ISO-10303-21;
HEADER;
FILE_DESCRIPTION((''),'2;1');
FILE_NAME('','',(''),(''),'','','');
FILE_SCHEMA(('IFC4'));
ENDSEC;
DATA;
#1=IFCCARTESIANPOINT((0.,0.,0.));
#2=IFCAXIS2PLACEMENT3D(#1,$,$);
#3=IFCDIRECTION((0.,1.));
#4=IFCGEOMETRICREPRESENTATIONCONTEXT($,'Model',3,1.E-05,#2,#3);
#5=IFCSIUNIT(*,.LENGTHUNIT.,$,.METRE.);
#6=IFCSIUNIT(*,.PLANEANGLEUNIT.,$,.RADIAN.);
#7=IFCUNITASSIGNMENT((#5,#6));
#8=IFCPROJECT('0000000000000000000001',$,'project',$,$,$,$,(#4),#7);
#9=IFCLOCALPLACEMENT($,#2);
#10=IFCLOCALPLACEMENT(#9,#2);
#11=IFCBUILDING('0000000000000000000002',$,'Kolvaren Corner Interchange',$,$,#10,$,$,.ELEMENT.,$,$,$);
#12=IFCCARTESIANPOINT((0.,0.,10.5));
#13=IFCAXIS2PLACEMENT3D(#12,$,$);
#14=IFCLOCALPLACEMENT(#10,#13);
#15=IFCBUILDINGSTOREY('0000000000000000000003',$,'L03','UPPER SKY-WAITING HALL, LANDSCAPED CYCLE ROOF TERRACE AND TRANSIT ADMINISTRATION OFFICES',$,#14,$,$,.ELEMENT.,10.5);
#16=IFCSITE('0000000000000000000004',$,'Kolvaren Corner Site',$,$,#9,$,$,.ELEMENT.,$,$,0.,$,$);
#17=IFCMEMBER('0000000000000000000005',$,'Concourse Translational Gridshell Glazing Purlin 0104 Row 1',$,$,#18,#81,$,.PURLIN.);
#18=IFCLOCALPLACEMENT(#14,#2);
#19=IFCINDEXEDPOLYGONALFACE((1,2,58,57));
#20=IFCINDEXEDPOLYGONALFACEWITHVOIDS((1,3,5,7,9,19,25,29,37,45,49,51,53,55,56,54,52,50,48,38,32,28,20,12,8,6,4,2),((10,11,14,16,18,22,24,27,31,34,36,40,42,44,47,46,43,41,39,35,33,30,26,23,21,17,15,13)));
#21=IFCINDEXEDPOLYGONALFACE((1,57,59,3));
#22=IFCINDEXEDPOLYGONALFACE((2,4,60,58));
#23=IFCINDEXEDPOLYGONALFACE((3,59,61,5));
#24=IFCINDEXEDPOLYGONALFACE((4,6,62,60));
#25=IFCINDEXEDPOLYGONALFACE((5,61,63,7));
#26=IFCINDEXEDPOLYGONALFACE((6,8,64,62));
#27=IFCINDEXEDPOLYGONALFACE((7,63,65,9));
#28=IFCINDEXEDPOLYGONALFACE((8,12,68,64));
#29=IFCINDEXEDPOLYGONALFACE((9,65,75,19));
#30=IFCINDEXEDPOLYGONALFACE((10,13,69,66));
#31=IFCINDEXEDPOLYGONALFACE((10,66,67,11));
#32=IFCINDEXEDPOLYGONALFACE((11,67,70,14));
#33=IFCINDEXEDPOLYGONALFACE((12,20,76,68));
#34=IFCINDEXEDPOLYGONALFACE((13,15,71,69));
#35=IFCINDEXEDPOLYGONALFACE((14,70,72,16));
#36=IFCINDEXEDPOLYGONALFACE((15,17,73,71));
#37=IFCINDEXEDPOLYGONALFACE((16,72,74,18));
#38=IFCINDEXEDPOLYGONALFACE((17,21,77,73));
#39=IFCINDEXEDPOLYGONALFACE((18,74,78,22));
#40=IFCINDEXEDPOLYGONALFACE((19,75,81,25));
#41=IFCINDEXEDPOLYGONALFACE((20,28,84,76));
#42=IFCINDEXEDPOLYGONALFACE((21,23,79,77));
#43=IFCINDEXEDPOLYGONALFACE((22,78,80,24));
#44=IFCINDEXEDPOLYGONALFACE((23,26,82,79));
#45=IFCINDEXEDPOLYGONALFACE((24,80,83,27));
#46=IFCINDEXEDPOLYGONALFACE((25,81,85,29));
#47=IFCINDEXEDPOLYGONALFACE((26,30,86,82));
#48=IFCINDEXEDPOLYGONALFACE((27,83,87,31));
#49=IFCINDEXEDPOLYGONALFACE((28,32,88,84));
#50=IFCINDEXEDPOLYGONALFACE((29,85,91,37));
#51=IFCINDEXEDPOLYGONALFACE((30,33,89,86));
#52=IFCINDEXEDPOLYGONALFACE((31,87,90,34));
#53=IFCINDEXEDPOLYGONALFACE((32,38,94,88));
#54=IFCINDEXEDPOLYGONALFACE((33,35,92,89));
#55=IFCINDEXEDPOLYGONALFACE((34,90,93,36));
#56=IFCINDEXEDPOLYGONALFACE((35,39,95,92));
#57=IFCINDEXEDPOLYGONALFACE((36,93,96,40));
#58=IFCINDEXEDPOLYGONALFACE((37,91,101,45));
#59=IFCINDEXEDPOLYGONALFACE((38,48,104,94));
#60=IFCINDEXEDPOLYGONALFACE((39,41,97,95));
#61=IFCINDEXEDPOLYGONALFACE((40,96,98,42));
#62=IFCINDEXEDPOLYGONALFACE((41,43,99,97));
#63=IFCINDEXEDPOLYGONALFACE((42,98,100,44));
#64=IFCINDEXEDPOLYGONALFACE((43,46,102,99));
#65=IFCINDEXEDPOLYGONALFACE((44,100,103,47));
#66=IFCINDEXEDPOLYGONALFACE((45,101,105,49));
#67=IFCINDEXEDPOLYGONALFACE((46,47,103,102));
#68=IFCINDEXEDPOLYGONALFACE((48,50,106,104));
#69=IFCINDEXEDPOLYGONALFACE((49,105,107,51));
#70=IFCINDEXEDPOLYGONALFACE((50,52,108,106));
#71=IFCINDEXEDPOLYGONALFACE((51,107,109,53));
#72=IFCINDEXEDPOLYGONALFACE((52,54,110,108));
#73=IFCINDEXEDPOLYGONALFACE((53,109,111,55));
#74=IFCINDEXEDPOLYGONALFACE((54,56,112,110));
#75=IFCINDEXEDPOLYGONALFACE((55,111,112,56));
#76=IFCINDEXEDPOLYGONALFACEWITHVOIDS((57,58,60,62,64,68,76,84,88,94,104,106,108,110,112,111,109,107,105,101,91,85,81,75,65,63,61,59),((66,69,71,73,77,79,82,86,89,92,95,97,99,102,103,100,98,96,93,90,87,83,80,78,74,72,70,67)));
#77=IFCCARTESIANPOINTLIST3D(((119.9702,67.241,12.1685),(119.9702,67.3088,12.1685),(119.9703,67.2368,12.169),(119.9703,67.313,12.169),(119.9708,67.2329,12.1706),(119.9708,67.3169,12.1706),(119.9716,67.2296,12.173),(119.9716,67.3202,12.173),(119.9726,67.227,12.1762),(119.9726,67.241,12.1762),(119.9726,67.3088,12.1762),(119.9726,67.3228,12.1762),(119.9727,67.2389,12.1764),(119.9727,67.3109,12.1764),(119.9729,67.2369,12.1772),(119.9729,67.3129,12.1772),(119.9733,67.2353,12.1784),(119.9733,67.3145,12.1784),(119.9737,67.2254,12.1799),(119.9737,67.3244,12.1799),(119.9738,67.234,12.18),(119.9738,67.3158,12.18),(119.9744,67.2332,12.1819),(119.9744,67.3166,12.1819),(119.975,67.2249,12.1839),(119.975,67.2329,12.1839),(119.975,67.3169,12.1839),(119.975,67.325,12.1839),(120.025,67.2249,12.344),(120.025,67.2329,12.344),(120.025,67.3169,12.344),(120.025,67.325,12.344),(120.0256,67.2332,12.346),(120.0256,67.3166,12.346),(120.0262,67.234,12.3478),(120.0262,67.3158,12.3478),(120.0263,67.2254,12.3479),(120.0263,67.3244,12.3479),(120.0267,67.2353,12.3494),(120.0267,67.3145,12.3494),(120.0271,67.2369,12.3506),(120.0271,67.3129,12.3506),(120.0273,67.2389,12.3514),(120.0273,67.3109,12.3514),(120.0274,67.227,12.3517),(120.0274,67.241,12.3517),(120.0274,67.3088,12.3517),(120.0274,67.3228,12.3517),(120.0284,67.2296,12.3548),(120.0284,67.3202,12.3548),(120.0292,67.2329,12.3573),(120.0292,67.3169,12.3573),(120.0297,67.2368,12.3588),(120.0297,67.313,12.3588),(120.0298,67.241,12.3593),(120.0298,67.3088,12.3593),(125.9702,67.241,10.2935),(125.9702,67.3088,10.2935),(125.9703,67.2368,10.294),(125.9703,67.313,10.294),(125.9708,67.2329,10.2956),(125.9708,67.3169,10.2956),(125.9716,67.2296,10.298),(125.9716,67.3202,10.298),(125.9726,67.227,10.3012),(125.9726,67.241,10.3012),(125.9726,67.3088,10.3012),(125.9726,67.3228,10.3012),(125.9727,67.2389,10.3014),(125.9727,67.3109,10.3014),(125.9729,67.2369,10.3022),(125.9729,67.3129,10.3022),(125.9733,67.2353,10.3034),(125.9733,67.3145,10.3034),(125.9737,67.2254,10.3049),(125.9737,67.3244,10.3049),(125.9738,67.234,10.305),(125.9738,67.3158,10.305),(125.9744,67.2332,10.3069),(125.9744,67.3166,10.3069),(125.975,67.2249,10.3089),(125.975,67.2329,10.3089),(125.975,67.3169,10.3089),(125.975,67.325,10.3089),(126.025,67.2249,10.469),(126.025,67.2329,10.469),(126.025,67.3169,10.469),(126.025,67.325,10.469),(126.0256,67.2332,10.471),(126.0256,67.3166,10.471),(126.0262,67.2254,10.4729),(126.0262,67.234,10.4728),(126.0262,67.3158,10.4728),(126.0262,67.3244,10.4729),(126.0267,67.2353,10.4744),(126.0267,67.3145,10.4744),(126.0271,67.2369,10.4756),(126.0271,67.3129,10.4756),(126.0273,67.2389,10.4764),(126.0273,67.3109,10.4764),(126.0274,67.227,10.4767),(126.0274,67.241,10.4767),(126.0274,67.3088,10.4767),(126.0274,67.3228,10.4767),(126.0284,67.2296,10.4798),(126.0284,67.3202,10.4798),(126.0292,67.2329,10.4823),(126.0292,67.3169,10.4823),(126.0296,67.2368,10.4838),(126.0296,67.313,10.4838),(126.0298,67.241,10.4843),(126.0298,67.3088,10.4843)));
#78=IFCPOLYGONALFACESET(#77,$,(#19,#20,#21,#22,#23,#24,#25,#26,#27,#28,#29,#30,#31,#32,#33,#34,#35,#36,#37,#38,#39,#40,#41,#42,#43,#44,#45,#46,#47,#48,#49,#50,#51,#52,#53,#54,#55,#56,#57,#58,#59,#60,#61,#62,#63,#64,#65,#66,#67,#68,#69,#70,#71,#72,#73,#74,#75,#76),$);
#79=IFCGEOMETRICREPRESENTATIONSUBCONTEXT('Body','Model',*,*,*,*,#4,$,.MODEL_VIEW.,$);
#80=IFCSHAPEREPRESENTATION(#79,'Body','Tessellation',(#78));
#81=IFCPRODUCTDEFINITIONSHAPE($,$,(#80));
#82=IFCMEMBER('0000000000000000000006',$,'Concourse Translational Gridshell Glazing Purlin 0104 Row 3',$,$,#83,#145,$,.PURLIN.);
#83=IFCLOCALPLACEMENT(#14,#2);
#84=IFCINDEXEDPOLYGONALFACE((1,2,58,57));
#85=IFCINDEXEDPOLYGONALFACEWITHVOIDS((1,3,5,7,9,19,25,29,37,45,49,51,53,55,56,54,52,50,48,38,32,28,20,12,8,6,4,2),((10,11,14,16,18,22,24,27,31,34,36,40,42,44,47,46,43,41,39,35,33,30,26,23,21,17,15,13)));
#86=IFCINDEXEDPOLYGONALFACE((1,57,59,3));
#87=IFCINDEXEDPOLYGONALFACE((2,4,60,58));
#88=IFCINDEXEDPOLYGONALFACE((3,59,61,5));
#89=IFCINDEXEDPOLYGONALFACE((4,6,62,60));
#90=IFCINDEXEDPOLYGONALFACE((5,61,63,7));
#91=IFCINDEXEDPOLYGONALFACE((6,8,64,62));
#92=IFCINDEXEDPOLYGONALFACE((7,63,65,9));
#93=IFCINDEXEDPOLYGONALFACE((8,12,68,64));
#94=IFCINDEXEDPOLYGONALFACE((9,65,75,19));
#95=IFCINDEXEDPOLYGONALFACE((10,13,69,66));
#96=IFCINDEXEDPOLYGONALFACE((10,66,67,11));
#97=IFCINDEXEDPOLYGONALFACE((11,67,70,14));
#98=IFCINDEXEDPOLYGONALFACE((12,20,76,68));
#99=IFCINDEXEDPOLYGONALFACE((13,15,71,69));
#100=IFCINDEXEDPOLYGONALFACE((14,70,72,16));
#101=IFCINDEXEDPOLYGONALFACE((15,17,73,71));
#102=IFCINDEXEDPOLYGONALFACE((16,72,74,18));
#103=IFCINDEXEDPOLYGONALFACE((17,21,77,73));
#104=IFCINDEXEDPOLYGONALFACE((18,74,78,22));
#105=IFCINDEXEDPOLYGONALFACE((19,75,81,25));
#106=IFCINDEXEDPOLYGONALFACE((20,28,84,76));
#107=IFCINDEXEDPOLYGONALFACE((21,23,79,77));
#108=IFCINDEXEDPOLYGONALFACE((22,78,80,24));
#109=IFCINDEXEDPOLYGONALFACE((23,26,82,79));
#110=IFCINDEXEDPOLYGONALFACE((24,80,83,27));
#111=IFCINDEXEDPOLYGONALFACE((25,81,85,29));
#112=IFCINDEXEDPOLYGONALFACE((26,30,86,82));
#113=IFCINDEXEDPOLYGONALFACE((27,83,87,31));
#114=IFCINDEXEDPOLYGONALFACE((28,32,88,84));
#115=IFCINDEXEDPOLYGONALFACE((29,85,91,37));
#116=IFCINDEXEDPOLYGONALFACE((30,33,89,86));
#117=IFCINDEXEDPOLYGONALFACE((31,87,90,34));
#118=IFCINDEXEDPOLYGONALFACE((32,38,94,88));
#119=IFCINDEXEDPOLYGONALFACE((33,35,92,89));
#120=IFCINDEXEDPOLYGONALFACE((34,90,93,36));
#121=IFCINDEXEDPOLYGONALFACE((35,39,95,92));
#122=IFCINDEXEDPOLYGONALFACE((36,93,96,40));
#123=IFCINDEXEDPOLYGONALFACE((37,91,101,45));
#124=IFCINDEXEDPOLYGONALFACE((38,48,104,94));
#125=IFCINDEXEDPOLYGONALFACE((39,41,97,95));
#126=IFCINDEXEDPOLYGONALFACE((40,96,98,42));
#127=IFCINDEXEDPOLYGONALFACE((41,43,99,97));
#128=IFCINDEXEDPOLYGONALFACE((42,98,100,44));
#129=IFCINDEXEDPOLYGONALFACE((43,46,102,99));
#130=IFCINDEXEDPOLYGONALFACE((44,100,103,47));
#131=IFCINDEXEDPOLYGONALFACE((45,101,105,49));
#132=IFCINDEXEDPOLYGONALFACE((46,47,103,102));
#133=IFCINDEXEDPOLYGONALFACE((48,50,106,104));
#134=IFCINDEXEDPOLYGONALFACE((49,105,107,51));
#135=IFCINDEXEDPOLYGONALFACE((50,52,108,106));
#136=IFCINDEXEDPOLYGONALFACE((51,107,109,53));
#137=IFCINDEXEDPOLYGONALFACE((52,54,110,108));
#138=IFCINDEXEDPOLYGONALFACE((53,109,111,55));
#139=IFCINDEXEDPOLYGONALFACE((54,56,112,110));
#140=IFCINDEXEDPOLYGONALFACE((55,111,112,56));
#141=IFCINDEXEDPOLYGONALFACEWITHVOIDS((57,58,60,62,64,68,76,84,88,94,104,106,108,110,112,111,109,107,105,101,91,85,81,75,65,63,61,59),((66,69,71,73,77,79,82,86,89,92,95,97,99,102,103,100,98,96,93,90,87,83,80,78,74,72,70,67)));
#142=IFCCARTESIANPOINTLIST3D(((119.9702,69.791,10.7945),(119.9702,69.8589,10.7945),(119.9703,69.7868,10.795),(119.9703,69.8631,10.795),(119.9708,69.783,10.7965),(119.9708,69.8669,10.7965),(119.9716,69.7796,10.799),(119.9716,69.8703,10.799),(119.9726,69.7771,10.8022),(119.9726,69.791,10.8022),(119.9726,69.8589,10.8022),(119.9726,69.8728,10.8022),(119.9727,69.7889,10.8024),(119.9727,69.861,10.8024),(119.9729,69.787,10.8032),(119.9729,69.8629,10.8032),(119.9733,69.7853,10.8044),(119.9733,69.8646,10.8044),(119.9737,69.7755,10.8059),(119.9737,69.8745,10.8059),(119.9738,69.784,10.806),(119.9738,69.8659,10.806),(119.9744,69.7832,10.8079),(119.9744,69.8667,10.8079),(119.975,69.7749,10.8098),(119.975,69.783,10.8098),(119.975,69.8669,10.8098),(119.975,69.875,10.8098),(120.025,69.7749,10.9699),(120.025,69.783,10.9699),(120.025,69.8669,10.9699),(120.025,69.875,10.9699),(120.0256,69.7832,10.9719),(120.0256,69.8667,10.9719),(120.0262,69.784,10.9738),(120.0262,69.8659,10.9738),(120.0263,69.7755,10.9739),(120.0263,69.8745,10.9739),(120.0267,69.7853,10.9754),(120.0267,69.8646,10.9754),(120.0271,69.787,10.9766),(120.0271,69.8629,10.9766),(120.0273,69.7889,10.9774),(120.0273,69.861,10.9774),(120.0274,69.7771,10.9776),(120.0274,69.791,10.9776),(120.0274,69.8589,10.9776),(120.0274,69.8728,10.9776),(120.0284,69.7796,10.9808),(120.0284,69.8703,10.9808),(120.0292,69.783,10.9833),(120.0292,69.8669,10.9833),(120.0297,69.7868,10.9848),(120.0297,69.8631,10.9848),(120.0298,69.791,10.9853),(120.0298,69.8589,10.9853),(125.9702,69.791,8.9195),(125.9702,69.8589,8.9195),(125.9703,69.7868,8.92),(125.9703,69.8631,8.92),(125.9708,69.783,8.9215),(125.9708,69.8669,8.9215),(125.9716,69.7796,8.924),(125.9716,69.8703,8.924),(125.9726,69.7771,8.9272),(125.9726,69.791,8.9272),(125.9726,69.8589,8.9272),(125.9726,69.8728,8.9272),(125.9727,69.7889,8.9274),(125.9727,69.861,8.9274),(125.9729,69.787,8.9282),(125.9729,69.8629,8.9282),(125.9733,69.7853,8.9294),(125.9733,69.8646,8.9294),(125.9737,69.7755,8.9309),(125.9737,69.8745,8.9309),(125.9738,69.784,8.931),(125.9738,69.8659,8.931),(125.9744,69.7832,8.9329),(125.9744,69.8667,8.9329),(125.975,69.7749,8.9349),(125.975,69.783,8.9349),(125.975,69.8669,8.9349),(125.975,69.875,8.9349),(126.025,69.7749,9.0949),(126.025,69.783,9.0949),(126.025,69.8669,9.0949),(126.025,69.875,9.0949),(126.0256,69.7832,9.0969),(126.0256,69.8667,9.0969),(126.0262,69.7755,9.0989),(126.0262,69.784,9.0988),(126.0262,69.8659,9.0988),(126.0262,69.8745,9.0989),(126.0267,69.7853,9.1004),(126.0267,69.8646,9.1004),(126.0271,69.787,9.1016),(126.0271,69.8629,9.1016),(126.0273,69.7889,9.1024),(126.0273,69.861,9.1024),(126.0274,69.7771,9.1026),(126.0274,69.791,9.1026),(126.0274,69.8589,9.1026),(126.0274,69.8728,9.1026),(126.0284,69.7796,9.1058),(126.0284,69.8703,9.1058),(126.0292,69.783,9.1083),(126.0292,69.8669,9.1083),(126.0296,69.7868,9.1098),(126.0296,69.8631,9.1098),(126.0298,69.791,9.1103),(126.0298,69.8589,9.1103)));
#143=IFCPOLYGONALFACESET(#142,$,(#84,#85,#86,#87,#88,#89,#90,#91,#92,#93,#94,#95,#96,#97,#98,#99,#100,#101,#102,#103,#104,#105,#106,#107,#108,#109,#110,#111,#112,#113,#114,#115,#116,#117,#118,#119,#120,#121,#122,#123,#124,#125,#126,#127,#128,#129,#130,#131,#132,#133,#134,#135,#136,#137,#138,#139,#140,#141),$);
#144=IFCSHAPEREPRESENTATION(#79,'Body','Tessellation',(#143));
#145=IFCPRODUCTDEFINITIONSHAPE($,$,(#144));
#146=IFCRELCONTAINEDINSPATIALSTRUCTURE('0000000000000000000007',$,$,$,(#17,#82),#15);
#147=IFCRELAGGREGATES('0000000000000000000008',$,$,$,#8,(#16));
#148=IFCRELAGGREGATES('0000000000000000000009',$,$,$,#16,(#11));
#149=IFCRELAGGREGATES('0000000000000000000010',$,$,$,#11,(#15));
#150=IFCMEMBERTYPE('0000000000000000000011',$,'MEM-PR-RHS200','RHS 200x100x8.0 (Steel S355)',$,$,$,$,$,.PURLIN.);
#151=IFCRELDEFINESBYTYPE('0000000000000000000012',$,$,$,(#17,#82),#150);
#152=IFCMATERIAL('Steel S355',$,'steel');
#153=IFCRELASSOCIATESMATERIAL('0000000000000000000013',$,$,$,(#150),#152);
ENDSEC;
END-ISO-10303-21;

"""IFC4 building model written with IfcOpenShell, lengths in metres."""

from ifc_helpers import new_model, si_unit, direction, frame, origin, origin_2d, place, context, subcontext, project, spatial, hollow_rectangle, extrude, material, material_profile, profile_set, type_object, element, save


model = new_model("IFC4")

# Units and contexts
model_context = context("Model", 3, precision=1e-05, world=origin(), true_north=direction((0.0, 1.0)))
body_context = subcontext(model_context, "Body", "Model", "MODEL_VIEW")
ifc_project = project(units=[si_unit("LENGTHUNIT", "METRE"), si_unit("PLANEANGLEUNIT", "RADIAN")], contexts=[model_context])

# Site, building, storey
site_placement = place(None, origin())
site = spatial("IfcSite", under=ifc_project, at=site_placement, Name="Kolvaren Corner Site", CompositionType="ELEMENT", RefElevation=0.0)
building_placement = place(site_placement, origin())
building = spatial("IfcBuilding", under=site, at=building_placement, Name="Kolvaren Corner Interchange", CompositionType="ELEMENT")
storey_placement = place(building_placement, frame((0.0, 0.0, 10.5)))
storey = spatial("IfcBuildingStorey", under=building, at=storey_placement, Name="L03", Description="UPPER SKY-WAITING HALL, LANDSCAPED CYCLE ROOF TERRACE AND TRANSIT ADMINISTRATION OFFICES", CompositionType="ELEMENT", Elevation=10.5)

# Members
ifc_material_1 = material(Name="Steel S355", Category="steel")
ifc_material_profile_1 = material_profile(ifc_material_1, hollow_rectangle(XDim=0.1001, YDim=0.2, WallThickness=0.0081, InnerFilletRadius=0.0081, OuterFilletRadius=0.0161, at=origin_2d()), Name="RHS 200x100x8.0")
ifc_profile_set_1 = profile_set([ifc_material_profile_1], Name="Steel S355")
member_type_1 = type_object("IfcMemberType", Name="MEM-PR-RHS200", Description="RHS 200x100x8.0 (Steel S355)", PredefinedType="PURLIN", material=ifc_profile_set_1)
for number, where, z_axis, x_axis, name in (
    (1, (120.0, 67.2749, 12.2639), (0.95448, 0.0, -0.298275), (0.0, 1.0, 0.0), "Concourse Translational Gridshell Glazing Purlin 0104 Row 1"),
    (2, (120.0, 69.825, 10.8899), (0.95448, 0.0, -0.298275), (0.0, 1.0, 0.0), "Concourse Translational Gridshell Glazing Purlin 0104 Row 3"),
):
    element("IfcMember", number, at=place(storey_placement, frame(where, z_axis=z_axis, x_axis=x_axis)), inside=storey, type_object=member_type_1, Name=name, PredefinedType="PURLIN", context=body_context, shape_type="SweptSolid", body=[
        extrude(hollow_rectangle(XDim=0.1001, YDim=0.2, WallThickness=0.0081, InnerFilletRadius=0.0081, OuterFilletRadius=0.0161, at=origin_2d()), origin(), (0.0, 0.0, 1.0), 6.2861),
    ])

save(model, "model.ifc")
